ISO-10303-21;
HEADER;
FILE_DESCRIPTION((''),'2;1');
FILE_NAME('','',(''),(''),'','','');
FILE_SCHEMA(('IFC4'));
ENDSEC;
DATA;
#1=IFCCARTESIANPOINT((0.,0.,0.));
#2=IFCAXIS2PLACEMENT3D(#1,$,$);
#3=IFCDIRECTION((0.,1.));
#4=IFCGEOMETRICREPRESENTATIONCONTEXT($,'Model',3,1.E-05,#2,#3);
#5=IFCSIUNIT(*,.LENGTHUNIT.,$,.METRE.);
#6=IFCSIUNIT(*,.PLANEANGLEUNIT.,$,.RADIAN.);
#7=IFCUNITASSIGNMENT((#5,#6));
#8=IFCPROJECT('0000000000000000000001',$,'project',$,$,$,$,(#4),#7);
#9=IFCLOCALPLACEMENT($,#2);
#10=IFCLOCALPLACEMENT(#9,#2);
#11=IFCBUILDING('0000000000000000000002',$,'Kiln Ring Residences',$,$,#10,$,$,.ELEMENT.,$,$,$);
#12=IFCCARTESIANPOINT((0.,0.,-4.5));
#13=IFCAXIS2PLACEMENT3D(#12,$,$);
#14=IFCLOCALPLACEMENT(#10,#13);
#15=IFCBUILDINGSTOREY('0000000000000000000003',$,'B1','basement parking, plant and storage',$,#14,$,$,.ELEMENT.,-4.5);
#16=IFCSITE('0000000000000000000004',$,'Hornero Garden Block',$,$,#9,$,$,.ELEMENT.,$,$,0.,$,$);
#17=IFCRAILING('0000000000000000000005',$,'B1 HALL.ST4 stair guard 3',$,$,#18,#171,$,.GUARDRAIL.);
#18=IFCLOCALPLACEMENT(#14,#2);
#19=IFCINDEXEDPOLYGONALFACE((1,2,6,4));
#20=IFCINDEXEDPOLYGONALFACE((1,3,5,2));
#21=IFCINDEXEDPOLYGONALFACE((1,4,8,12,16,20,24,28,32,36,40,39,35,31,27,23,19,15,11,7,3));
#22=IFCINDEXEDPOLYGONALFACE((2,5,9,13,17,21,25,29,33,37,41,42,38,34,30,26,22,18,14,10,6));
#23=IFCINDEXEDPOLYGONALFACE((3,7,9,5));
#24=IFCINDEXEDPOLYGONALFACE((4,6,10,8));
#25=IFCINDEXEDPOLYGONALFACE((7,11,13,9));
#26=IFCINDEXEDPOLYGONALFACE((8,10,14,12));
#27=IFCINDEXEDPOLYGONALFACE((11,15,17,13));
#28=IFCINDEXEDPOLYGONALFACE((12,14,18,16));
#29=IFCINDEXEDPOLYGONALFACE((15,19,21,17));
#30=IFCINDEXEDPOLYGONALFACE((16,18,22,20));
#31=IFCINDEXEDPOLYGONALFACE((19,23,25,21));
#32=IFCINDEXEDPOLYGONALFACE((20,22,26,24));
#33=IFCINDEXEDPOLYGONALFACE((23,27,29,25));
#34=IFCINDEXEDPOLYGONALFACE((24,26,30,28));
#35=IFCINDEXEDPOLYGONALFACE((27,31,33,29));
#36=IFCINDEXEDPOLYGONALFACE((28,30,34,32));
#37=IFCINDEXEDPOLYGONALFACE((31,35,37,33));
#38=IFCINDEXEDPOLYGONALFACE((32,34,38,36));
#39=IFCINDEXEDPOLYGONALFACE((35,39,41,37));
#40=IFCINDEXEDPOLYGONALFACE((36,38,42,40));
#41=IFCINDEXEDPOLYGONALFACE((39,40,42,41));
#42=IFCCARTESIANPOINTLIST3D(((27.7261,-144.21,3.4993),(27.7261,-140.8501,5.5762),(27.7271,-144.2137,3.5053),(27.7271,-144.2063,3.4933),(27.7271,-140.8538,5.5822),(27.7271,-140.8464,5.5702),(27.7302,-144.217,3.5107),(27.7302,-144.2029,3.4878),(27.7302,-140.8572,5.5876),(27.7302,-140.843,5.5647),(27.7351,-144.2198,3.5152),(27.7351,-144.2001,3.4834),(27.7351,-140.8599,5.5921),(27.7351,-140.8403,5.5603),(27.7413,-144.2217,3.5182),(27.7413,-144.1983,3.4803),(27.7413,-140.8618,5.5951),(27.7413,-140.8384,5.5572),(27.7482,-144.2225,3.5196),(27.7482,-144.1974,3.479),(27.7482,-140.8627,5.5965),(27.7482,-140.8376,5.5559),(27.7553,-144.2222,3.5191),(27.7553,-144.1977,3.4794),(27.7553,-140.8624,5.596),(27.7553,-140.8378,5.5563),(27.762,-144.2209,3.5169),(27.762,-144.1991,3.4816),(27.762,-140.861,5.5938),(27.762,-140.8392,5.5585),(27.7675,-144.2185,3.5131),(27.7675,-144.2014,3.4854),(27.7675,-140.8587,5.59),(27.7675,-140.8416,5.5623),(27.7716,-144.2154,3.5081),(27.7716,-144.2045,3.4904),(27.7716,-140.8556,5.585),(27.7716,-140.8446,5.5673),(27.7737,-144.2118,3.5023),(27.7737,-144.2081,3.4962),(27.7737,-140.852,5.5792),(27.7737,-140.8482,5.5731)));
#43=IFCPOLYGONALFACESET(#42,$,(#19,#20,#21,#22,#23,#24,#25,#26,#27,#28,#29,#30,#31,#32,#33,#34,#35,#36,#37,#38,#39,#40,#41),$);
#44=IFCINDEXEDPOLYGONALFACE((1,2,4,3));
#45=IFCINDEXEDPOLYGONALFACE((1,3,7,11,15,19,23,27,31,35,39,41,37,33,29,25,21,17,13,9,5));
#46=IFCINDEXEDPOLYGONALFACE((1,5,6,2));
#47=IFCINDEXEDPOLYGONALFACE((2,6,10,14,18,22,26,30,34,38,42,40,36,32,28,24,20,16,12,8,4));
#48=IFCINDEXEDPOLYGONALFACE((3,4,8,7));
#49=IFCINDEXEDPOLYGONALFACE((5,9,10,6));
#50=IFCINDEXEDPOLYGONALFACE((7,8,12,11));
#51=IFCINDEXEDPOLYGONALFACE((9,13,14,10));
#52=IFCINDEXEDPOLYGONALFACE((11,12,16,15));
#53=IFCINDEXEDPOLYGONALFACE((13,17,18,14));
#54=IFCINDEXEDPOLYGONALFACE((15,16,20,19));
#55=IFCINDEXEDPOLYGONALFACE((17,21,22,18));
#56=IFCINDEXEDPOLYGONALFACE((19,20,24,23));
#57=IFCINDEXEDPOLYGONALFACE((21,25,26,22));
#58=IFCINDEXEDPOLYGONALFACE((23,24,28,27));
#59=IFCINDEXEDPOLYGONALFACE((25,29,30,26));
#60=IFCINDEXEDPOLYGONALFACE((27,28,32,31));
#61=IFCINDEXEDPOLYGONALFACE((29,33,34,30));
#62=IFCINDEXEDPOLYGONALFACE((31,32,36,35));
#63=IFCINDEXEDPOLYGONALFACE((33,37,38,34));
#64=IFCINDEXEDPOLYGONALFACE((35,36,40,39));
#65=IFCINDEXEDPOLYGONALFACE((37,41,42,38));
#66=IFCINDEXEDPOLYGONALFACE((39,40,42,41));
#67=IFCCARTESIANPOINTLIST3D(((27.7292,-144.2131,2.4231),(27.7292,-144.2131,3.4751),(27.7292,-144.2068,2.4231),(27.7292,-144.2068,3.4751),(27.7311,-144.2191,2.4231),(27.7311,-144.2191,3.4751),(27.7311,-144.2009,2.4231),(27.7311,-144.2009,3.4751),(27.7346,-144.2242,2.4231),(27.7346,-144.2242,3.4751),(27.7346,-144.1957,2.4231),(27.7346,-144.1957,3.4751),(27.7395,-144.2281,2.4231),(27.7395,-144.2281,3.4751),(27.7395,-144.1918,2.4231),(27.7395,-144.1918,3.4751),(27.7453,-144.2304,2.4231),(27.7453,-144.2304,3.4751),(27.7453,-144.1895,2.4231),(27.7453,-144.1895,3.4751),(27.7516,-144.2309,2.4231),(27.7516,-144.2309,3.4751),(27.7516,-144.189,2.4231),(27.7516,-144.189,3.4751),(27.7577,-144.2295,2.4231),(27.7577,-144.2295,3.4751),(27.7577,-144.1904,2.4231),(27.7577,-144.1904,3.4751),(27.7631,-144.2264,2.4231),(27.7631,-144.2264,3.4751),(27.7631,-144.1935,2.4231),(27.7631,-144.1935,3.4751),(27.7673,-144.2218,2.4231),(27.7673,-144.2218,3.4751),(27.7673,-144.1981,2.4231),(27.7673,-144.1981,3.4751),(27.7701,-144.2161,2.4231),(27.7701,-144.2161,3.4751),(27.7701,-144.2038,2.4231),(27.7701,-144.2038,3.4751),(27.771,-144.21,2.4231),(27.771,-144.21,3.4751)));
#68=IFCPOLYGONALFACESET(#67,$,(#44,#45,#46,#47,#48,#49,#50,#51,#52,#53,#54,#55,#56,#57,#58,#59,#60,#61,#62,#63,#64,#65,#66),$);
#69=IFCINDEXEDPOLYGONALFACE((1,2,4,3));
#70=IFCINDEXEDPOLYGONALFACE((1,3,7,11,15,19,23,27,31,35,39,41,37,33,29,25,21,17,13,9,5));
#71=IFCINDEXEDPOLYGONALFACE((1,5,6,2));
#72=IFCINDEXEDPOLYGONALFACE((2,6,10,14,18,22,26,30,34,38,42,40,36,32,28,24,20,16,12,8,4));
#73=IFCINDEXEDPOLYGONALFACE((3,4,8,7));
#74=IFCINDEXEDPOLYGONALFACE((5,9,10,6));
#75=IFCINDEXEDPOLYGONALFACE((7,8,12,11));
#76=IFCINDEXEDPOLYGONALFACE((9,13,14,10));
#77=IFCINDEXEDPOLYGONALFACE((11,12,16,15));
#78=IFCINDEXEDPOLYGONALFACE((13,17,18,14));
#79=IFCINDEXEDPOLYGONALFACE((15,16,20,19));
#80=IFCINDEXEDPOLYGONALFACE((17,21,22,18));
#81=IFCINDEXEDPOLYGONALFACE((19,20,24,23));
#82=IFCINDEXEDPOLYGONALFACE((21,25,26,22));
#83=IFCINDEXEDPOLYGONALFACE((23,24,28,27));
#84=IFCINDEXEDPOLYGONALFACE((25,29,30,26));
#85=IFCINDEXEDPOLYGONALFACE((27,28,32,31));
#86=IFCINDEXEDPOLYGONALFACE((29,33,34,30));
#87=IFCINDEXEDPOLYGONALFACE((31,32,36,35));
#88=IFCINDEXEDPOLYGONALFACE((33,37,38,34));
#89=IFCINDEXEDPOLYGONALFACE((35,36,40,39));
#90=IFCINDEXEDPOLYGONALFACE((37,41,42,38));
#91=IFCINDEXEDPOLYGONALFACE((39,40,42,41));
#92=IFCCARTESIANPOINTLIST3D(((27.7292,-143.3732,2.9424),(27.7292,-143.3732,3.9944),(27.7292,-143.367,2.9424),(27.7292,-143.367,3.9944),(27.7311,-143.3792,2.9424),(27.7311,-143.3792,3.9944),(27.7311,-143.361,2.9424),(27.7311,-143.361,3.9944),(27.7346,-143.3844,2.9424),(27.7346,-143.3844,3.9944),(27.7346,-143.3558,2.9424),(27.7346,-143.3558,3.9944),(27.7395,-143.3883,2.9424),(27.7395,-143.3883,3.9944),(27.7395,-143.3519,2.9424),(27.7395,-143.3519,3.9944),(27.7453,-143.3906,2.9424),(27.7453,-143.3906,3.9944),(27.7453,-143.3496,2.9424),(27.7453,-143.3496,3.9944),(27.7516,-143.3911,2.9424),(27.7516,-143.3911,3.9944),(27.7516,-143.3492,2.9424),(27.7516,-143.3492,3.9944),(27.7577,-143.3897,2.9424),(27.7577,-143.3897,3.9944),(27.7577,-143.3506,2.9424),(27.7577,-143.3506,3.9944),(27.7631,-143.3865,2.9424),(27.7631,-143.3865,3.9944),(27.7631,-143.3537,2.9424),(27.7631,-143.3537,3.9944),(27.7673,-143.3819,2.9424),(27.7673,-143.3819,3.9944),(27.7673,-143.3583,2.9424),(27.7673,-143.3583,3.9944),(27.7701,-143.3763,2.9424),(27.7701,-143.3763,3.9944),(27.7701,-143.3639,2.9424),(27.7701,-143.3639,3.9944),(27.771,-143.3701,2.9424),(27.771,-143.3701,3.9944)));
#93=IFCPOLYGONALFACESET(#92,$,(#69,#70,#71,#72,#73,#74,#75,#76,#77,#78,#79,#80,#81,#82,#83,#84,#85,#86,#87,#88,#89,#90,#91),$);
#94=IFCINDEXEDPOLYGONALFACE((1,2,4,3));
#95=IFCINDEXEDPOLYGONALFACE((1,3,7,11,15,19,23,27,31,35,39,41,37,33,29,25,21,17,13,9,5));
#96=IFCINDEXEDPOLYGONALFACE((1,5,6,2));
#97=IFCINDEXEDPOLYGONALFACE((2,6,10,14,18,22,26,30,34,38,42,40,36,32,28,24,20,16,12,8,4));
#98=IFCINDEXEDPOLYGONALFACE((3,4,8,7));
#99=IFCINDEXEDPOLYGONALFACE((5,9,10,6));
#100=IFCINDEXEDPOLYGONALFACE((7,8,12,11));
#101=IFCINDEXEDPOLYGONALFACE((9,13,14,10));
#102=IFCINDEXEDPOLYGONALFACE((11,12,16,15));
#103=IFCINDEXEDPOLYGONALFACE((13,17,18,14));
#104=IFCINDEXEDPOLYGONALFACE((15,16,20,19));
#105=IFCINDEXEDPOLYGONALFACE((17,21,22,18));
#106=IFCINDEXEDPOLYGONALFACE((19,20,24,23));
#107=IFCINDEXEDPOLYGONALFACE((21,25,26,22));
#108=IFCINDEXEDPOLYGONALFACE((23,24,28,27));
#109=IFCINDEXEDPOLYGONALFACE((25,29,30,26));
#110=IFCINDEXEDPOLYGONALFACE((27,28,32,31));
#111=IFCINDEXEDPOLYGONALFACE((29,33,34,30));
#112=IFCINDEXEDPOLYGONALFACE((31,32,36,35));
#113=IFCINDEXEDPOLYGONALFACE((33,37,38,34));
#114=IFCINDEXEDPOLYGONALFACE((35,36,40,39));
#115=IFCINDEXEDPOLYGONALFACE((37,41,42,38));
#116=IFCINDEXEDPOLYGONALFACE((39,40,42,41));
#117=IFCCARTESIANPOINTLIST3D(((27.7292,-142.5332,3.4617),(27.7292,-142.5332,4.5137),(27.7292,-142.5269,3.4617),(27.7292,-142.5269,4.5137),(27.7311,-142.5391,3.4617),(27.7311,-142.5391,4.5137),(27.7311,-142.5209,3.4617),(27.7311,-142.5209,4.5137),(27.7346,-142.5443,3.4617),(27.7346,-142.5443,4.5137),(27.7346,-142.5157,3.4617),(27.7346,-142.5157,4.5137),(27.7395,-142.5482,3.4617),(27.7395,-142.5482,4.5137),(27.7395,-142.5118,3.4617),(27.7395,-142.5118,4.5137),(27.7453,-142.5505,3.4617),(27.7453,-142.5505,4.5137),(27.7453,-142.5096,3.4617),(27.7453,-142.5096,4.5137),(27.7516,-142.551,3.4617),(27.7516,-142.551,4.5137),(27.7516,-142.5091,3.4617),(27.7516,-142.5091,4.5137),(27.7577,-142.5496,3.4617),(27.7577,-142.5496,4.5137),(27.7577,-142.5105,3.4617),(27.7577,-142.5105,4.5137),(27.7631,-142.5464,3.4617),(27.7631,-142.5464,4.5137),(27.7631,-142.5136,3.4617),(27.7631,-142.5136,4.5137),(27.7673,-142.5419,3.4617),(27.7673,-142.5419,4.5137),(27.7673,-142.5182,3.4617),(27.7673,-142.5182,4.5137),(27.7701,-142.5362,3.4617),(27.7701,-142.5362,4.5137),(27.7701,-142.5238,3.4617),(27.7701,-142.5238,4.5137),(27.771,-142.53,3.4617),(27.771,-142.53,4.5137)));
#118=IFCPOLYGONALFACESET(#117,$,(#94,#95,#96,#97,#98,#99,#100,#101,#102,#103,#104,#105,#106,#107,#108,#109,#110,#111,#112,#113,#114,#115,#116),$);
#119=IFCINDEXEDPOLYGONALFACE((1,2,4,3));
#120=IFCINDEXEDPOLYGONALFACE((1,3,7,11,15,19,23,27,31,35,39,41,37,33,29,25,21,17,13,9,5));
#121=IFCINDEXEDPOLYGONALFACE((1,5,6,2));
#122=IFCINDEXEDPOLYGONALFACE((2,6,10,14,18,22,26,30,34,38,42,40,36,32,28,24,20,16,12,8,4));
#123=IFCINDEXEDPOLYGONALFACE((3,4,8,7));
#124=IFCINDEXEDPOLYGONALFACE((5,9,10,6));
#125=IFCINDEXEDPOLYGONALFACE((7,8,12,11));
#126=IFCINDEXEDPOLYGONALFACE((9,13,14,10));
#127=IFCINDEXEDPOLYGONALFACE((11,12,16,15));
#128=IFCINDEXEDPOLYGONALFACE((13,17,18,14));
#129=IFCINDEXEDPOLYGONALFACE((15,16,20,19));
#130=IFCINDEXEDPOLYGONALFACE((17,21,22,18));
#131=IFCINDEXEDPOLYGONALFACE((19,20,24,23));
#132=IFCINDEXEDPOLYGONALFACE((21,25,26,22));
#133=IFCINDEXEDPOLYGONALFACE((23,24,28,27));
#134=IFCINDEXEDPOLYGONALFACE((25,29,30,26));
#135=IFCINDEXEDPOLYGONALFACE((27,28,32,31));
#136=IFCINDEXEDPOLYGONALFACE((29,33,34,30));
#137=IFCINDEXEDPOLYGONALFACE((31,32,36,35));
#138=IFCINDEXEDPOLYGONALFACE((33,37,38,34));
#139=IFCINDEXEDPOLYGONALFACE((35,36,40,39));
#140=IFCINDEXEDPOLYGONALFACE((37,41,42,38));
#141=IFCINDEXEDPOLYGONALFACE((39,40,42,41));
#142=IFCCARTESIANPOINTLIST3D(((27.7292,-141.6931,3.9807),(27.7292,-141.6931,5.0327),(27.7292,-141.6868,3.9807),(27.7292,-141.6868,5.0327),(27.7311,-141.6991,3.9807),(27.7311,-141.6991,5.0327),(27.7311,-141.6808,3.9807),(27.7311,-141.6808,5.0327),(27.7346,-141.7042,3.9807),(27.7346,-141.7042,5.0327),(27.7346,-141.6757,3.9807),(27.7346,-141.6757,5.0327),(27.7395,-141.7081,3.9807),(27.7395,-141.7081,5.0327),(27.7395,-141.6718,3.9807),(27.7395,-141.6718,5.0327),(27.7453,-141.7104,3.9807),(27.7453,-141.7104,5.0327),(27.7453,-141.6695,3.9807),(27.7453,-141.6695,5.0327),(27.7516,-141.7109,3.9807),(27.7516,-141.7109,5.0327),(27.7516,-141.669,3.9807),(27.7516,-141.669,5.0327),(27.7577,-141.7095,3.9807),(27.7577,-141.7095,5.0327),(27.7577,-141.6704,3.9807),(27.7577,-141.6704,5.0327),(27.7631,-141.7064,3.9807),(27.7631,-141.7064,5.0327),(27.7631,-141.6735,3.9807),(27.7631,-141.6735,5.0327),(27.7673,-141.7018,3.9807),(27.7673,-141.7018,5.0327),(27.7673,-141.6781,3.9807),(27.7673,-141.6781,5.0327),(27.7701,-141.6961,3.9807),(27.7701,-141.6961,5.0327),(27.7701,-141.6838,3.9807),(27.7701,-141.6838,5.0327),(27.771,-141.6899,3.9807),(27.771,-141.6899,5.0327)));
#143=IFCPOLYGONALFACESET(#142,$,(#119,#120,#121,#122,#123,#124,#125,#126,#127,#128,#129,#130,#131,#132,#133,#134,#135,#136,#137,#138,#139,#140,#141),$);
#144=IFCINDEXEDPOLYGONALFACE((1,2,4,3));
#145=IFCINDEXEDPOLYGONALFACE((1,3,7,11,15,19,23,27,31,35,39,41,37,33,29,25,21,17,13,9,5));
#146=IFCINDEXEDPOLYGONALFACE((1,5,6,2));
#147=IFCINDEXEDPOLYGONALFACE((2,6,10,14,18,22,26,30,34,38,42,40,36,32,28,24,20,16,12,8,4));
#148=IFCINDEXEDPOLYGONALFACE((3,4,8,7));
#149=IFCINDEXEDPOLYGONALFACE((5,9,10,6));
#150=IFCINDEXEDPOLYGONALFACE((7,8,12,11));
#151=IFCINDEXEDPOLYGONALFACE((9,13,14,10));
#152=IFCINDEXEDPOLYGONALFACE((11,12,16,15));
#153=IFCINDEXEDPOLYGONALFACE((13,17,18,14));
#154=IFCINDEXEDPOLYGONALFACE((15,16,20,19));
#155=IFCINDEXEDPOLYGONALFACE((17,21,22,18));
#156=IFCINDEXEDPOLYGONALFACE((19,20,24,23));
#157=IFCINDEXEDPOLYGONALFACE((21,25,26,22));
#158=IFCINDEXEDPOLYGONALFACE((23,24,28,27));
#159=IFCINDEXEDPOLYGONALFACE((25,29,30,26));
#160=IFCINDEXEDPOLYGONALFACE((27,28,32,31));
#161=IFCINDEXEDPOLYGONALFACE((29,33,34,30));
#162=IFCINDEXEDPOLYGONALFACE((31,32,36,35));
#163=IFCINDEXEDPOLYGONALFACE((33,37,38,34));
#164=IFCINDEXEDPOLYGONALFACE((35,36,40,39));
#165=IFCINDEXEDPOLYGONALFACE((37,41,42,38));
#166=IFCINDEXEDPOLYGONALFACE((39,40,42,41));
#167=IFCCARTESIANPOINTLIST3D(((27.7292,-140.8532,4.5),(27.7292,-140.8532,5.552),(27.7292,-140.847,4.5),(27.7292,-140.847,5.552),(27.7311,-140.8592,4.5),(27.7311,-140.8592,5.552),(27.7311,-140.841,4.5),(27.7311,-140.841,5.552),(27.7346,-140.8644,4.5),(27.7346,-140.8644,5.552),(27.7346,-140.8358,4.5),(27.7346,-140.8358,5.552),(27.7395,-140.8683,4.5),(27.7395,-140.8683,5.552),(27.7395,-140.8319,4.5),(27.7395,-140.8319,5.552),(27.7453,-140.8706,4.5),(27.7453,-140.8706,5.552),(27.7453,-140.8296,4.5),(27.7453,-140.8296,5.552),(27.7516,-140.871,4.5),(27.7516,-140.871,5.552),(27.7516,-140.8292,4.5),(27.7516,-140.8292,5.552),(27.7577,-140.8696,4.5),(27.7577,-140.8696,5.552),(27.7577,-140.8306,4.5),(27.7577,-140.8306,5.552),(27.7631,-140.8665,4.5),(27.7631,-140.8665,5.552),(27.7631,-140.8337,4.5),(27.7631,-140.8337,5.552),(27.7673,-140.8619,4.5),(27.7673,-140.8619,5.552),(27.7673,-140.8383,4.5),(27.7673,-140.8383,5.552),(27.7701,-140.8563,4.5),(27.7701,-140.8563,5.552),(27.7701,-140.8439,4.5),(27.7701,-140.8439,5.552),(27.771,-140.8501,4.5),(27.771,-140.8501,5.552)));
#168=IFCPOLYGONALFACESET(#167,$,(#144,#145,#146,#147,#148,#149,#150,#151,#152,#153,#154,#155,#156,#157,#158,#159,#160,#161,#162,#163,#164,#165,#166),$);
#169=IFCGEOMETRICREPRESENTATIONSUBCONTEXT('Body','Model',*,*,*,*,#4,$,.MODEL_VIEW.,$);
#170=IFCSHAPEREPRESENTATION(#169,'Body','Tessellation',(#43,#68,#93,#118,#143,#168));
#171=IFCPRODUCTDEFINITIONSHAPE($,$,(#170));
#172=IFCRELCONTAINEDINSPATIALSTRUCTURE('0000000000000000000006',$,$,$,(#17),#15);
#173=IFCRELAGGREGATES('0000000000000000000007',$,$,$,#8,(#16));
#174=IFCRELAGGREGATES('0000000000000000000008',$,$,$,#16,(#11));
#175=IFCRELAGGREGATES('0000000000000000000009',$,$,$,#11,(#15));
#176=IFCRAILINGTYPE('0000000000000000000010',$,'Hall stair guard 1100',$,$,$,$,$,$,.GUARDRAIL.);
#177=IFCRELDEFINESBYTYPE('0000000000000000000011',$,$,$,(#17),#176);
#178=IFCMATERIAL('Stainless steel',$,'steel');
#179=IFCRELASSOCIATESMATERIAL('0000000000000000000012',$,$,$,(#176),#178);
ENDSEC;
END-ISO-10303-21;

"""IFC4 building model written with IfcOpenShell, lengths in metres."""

from ifc_helpers import new_model, si_unit, direction, frame, origin, origin_2d, place, context, subcontext, project, spatial, circle, extrude, material, type_object, element, save


model = new_model("IFC4")

# Units and contexts
model_context = context("Model", 3, precision=1e-05, world=origin(), true_north=direction((0.0, 1.0)))
body_context = subcontext(model_context, "Body", "Model", "MODEL_VIEW")
ifc_project = project(units=[si_unit("LENGTHUNIT", "METRE"), si_unit("PLANEANGLEUNIT", "RADIAN")], contexts=[model_context])

# Site, building, storey
site_placement = place(None, origin())
site = spatial("IfcSite", under=ifc_project, at=site_placement, Name="Hornero Garden Block", CompositionType="ELEMENT", RefElevation=0.0)
building_placement = place(site_placement, origin())
building = spatial("IfcBuilding", under=site, at=building_placement, Name="Kiln Ring Residences", CompositionType="ELEMENT")
storey_placement = place(building_placement, frame((0.0, 0.0, -4.5)))
storey = spatial("IfcBuildingStorey", under=building, at=storey_placement, Name="B1", Description="basement parking, plant and storage", CompositionType="ELEMENT", Elevation=-4.5)

# Railing
ifc_material_1 = material(Name="Stainless steel", Category="steel")
railing_type_1 = type_object("IfcRailingType", Name="Hall stair guard 1100", PredefinedType="GUARDRAIL", material=ifc_material_1)
railing_1_placement = place(storey_placement, frame((27.75, -144.21, 2.4231)))
element("IfcRailing", 1, at=railing_1_placement, inside=storey, type_object=railing_type_1, Name="B1 HALL.ST4 stair guard 3", PredefinedType="GUARDRAIL", context=body_context, shape_type="SweptSolid", body=[
    extrude(circle(Radius=0.0239, at=origin_2d()), frame((0.0, 0.0, 1.0762), z_axis=(0.0, 0.850606, 0.525803), x_axis=(-1.0, 0.0, 0.0)), (0.0, 0.0, 1.0), 3.95),
    extrude(circle(Radius=0.021, at=origin_2d()), origin(), (0.0, 0.0, 1.0), 1.052),
    extrude(circle(Radius=0.021, at=origin_2d()), frame((0.0, 0.8398, 0.5193)), (0.0, 0.0, 1.0), 1.052),
    extrude(circle(Radius=0.021, at=origin_2d()), frame((0.0, 1.6799, 1.0386)), (0.0, 0.0, 1.0), 1.052),
    extrude(circle(Radius=0.021, at=origin_2d()), frame((0.0, 2.52, 1.5576)), (0.0, 0.0, 1.0), 1.052),
    extrude(circle(Radius=0.021, at=origin_2d()), frame((0.0, 3.3599, 2.0769)), (0.0, 0.0, 1.0), 1.052),
])

save(model, "model.ifc")
